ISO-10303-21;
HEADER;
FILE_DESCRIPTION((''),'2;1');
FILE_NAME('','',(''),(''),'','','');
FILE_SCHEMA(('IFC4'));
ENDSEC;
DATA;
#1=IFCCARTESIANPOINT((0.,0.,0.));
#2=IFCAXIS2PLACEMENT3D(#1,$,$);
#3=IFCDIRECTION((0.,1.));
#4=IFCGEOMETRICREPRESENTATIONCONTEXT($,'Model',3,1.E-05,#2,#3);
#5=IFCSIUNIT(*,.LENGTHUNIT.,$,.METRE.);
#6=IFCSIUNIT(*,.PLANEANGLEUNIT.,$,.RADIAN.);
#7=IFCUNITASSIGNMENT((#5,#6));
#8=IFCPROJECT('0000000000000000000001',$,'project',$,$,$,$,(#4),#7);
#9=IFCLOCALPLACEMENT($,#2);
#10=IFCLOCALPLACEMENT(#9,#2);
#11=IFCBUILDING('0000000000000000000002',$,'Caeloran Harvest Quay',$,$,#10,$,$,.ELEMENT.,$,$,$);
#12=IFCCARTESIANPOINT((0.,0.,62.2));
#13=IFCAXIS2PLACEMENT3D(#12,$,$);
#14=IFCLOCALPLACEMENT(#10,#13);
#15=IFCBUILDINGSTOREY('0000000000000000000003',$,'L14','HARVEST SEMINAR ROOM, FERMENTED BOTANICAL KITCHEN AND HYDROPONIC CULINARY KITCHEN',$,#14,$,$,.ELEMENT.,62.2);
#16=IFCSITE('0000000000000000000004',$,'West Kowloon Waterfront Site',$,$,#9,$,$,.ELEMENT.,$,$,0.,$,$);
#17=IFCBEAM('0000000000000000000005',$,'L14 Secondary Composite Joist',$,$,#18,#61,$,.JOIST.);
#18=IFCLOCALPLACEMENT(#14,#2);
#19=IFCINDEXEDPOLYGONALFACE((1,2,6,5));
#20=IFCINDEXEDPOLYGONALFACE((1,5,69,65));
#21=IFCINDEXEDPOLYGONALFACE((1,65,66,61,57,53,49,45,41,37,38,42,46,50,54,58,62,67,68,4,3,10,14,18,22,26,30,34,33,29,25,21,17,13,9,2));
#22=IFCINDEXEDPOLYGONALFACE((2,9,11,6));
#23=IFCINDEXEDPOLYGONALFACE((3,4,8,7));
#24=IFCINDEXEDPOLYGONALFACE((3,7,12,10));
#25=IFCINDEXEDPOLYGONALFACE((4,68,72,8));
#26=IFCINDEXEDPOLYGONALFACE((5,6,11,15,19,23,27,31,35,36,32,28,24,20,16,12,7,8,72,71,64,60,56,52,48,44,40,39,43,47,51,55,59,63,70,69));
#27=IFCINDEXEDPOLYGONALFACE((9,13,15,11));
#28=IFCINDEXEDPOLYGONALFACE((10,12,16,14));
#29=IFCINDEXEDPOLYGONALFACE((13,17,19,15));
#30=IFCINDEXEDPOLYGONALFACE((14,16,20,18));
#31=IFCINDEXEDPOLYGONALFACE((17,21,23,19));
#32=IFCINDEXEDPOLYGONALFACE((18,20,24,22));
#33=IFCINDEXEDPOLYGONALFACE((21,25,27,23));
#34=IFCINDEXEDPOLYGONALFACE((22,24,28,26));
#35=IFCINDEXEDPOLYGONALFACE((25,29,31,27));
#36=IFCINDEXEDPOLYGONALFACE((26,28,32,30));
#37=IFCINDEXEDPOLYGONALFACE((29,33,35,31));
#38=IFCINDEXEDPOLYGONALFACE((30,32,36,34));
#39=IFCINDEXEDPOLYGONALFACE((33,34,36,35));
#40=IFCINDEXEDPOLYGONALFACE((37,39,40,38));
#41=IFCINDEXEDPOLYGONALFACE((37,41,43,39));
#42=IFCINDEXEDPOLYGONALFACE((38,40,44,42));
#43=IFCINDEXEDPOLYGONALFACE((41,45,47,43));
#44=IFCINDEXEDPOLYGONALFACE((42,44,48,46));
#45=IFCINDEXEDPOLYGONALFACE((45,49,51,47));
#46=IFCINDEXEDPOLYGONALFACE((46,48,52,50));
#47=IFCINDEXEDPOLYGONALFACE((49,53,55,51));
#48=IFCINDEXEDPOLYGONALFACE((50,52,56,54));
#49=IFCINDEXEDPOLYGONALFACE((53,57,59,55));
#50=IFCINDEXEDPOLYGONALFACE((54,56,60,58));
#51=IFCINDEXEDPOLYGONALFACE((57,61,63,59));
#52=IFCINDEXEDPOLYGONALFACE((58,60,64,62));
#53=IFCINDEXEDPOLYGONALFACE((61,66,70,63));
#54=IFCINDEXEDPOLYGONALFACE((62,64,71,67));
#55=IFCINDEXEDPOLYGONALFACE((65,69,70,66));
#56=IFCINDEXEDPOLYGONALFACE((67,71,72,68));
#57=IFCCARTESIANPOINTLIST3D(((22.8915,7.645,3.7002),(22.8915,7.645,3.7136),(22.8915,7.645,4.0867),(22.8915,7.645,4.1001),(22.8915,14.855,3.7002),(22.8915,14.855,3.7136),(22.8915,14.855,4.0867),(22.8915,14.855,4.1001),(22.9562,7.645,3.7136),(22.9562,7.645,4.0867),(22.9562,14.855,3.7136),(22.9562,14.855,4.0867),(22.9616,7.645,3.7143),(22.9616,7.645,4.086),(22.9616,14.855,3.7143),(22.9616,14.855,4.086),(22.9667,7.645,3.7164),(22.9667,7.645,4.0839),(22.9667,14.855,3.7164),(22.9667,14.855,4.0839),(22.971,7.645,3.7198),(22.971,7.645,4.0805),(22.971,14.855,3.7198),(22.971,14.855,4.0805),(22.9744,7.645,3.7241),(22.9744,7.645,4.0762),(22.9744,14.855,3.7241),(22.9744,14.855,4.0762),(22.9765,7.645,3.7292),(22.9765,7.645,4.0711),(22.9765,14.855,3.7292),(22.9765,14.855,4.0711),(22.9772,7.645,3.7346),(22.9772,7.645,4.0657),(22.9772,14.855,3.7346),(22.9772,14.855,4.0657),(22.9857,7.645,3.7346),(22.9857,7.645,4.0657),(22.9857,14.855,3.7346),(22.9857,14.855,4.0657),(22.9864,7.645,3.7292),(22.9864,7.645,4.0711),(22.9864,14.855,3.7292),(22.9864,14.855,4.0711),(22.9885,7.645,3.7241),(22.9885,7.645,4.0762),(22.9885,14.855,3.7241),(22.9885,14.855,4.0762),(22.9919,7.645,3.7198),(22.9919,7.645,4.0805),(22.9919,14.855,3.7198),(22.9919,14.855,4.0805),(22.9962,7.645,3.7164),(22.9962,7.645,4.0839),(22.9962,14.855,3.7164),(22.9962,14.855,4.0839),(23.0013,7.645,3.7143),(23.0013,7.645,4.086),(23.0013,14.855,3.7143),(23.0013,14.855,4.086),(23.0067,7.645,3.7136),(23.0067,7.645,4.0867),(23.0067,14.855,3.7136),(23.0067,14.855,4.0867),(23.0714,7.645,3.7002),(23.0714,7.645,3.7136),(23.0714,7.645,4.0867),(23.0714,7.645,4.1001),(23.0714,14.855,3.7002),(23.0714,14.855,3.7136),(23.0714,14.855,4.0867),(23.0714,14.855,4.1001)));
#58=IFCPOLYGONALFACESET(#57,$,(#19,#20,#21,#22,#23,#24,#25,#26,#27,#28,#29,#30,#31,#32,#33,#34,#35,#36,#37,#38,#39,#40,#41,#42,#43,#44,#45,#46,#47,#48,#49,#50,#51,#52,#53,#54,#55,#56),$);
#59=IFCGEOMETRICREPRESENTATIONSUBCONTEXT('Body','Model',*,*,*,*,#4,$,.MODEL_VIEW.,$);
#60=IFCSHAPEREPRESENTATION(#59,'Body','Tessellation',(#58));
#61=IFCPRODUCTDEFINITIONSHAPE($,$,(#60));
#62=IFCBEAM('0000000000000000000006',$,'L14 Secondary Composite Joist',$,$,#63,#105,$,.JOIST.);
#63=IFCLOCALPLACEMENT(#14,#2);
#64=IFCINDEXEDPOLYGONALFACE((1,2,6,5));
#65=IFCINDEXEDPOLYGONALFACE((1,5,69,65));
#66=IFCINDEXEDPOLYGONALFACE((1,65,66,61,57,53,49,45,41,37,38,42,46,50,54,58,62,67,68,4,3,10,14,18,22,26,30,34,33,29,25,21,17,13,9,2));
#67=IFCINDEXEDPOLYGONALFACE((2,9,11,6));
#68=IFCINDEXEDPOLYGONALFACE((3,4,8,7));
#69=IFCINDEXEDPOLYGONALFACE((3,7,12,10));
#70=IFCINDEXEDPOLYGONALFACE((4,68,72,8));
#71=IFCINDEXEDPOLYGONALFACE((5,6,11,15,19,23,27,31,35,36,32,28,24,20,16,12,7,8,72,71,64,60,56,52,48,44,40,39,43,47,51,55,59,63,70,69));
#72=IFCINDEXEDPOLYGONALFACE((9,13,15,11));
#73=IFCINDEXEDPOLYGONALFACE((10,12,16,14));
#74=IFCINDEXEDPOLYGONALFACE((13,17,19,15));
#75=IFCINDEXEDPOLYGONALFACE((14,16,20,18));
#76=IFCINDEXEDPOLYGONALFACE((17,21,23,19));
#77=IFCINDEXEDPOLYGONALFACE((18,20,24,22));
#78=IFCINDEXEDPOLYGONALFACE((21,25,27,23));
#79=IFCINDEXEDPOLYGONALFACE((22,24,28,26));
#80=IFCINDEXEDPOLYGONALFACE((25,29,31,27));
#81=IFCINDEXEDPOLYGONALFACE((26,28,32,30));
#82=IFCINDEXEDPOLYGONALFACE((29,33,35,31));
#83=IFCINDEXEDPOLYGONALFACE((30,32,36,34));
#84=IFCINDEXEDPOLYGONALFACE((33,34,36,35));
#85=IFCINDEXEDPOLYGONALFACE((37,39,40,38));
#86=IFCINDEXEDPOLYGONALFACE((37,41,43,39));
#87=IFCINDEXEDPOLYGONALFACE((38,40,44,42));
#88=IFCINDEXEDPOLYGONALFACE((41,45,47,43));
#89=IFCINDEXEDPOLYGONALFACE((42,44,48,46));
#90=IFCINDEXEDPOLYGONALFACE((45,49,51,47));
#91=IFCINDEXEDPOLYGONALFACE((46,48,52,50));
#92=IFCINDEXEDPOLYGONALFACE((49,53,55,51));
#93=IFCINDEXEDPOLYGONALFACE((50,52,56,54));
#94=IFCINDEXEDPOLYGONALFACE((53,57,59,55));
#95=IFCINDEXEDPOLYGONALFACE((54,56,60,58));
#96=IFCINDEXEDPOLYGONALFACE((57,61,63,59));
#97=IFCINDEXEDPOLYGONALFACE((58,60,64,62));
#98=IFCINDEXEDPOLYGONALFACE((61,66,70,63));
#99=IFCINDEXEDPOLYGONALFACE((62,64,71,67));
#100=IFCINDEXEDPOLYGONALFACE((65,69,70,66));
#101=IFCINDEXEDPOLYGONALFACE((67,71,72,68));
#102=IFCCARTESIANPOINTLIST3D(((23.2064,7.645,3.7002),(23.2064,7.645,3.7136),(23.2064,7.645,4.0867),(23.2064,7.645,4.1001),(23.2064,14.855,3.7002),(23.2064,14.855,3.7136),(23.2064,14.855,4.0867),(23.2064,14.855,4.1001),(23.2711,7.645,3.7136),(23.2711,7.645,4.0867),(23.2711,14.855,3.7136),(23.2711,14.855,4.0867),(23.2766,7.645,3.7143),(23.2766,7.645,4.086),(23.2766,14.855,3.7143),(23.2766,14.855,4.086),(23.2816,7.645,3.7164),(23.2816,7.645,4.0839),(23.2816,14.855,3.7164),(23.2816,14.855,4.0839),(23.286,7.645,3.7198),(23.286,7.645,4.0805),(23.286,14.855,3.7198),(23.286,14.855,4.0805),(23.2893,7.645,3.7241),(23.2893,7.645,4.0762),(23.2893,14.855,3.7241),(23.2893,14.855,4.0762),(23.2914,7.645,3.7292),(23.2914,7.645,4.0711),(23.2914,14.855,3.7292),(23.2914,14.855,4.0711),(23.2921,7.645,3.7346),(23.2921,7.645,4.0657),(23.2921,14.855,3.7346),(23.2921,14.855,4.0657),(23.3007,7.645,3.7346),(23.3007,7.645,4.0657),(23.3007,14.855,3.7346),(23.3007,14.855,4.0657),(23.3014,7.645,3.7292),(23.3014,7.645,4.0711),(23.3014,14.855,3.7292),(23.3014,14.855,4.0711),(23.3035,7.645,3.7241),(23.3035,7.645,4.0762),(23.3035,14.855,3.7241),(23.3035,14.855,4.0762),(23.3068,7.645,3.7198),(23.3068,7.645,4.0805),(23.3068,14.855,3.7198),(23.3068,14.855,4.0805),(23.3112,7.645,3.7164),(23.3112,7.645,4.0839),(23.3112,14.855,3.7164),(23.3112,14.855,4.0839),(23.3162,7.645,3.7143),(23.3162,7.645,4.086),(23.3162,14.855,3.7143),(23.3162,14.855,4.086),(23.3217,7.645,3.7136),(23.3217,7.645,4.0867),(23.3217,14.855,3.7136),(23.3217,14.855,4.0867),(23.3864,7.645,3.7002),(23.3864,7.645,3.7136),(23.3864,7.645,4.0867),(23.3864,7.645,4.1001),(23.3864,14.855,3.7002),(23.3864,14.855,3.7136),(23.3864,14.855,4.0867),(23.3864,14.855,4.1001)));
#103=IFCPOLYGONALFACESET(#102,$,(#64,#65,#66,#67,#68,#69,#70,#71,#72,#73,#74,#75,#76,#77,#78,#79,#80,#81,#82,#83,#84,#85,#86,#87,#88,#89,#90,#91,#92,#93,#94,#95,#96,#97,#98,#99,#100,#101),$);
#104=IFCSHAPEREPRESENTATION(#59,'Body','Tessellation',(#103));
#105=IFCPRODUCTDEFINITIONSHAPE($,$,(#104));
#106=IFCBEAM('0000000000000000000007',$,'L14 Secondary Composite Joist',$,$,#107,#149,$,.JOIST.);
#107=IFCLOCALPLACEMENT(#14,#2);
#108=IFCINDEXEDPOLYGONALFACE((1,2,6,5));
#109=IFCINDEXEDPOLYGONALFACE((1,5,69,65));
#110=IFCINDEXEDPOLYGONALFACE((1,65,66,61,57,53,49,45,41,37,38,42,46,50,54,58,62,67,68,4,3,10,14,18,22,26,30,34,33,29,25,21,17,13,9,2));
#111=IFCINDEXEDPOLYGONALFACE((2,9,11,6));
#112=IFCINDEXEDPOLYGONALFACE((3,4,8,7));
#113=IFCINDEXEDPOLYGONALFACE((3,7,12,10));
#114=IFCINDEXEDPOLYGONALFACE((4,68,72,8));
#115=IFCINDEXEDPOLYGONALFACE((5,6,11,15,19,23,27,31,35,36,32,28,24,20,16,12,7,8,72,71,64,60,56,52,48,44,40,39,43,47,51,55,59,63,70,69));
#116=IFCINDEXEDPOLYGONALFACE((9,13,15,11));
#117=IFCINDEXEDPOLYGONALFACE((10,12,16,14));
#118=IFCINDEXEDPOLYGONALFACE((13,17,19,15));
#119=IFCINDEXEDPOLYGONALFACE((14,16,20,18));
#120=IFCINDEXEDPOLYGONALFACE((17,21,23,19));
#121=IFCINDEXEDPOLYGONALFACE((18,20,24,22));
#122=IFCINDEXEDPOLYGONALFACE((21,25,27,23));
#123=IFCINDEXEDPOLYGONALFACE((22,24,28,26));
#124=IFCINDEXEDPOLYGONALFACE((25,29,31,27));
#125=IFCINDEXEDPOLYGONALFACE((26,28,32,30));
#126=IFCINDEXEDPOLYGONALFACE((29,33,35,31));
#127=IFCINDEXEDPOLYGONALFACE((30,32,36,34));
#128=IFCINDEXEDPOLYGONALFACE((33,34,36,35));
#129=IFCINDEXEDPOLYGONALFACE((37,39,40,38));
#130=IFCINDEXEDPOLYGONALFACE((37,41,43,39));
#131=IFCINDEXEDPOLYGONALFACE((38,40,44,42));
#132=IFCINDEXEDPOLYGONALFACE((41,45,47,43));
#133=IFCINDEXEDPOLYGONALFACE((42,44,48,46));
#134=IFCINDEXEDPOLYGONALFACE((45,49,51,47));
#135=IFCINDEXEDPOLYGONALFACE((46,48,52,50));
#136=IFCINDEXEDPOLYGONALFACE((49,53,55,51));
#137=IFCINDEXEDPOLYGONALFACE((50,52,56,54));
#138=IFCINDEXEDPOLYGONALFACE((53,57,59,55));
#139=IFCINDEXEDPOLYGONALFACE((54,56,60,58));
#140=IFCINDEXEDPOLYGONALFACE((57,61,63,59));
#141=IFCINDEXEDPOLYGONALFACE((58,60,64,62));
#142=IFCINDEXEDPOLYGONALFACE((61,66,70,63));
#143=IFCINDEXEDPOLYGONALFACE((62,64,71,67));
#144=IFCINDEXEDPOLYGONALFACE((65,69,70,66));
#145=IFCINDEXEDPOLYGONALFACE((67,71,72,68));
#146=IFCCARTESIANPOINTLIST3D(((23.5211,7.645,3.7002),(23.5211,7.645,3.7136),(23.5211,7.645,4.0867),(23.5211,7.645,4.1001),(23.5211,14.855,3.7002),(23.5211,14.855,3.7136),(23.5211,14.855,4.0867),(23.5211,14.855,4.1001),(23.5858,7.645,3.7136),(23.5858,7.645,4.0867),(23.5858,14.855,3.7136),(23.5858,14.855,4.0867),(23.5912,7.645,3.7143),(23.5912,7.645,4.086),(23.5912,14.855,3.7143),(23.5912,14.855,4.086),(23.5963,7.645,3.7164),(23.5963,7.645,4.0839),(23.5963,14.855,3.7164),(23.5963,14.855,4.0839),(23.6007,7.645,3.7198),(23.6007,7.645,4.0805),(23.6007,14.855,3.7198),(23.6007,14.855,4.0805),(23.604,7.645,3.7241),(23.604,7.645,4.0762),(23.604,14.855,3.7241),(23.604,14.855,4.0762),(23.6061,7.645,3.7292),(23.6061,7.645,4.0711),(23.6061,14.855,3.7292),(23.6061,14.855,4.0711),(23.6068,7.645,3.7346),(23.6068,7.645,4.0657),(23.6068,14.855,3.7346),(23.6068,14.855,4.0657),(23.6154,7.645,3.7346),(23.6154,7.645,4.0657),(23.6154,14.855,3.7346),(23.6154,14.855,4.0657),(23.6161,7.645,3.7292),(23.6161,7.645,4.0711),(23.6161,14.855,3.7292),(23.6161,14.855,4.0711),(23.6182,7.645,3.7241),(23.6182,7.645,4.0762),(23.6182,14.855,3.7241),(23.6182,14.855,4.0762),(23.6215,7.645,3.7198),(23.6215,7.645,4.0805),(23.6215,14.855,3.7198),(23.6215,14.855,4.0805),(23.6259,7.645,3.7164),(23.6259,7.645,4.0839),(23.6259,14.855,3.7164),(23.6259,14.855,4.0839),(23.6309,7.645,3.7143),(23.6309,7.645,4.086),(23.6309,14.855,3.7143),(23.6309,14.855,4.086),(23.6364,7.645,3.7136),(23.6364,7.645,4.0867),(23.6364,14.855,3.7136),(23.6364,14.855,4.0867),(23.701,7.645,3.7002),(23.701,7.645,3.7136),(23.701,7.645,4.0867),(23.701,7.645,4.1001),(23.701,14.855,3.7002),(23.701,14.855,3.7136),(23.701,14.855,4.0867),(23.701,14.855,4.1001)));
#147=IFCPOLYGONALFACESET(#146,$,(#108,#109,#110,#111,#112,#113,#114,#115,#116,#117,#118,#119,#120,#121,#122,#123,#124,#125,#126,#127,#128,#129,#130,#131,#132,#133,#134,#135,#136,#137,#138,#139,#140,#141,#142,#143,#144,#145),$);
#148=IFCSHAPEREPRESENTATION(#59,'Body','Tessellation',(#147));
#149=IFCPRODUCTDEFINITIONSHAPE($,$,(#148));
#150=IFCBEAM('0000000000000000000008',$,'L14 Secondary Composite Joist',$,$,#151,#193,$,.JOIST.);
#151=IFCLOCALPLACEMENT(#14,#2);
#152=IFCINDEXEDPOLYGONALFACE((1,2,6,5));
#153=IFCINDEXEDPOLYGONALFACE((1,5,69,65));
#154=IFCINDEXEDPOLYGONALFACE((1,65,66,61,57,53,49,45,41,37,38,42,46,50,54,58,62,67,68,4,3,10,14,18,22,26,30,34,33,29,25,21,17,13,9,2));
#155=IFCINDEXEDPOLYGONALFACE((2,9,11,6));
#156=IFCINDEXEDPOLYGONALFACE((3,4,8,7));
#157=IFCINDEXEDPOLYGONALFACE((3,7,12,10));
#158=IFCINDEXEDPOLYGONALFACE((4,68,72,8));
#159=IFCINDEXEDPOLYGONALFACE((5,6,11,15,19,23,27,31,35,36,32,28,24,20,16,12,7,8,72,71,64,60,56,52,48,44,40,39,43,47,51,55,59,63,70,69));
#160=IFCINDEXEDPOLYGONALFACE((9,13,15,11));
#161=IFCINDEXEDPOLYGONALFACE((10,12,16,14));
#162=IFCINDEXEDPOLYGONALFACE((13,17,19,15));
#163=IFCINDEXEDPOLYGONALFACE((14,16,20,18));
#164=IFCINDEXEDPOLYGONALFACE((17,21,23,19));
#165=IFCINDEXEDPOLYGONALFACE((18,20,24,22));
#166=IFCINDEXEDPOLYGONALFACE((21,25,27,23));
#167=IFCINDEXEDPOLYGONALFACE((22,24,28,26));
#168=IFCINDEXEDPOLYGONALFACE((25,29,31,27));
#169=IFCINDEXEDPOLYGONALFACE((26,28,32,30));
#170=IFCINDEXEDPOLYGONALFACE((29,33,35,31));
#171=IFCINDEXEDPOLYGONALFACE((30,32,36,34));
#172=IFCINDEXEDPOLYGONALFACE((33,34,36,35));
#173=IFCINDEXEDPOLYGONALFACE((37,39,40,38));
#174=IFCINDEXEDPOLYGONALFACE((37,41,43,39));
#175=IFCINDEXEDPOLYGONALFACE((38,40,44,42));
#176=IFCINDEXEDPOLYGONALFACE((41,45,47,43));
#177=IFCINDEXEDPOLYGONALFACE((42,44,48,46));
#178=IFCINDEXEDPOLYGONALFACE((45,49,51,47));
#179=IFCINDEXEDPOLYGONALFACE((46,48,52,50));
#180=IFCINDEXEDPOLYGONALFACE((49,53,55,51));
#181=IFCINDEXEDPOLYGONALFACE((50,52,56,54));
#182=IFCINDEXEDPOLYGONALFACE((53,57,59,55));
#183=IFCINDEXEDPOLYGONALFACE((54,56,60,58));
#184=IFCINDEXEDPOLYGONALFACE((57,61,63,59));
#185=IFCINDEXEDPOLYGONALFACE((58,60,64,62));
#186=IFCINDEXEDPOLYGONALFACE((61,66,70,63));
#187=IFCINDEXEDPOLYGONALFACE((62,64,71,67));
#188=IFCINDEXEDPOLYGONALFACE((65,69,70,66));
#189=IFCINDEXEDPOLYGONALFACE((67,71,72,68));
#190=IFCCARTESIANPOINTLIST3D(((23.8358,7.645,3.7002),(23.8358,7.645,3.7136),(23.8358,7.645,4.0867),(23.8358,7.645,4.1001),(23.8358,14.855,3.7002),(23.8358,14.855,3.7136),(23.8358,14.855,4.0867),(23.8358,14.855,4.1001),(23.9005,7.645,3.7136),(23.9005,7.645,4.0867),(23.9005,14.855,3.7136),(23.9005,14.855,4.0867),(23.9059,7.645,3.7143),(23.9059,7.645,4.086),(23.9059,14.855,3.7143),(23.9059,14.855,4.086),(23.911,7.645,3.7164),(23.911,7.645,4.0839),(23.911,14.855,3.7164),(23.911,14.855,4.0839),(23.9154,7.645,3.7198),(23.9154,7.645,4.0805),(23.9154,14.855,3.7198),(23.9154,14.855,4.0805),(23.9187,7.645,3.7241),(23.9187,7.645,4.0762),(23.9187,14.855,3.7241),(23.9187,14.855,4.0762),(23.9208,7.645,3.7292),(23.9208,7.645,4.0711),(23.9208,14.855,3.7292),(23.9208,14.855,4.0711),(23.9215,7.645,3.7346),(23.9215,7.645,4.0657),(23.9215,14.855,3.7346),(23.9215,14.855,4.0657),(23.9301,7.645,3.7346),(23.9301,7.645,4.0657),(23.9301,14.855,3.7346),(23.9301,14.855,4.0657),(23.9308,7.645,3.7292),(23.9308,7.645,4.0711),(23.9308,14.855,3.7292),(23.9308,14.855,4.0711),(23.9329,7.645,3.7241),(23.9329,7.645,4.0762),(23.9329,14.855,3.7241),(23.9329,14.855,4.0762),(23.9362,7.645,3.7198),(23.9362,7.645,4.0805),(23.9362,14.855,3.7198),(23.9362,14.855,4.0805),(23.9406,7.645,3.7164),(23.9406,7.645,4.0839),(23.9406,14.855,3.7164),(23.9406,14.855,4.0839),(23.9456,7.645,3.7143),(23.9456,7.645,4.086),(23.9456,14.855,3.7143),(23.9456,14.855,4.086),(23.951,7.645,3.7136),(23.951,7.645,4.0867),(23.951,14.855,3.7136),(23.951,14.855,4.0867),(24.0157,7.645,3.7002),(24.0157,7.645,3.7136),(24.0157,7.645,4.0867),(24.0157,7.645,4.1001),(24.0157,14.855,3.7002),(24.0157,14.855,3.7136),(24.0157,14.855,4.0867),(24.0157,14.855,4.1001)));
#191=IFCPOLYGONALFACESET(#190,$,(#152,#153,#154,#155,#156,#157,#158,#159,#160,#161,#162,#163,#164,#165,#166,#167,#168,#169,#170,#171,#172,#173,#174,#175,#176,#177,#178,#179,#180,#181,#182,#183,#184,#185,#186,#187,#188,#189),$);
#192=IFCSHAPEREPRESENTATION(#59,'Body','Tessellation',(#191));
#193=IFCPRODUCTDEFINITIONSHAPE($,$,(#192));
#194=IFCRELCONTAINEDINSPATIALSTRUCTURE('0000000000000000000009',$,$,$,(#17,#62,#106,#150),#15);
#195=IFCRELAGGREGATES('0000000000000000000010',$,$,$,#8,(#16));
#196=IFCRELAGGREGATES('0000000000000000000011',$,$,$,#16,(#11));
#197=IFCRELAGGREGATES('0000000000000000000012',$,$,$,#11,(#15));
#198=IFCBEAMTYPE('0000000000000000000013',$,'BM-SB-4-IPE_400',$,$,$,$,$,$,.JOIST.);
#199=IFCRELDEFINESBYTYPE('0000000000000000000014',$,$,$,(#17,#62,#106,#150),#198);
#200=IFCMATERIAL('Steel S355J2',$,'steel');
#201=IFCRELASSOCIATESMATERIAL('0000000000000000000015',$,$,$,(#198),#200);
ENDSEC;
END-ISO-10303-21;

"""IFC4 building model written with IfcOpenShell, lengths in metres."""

from ifc_helpers import new_model, si_unit, direction, frame, origin, origin_2d, place, context, subcontext, project, spatial, i_section, extrude, material, material_profile, profile_set, type_object, element, save


model = new_model("IFC4")

# Units and contexts
model_context = context("Model", 3, precision=1e-05, world=origin(), true_north=direction((0.0, 1.0)))
body_context = subcontext(model_context, "Body", "Model", "MODEL_VIEW")
ifc_project = project(units=[si_unit("LENGTHUNIT", "METRE"), si_unit("PLANEANGLEUNIT", "RADIAN")], contexts=[model_context])

# Site, building, storey
site_placement = place(None, origin())
site = spatial("IfcSite", under=ifc_project, at=site_placement, Name="West Kowloon Waterfront Site", CompositionType="ELEMENT", RefElevation=0.0)
building_placement = place(site_placement, origin())
building = spatial("IfcBuilding", under=site, at=building_placement, Name="Caeloran Harvest Quay", CompositionType="ELEMENT")
storey_placement = place(building_placement, frame((0.0, 0.0, 62.2)))
storey = spatial("IfcBuildingStorey", under=building, at=storey_placement, Name="L14", Description="HARVEST SEMINAR ROOM, FERMENTED BOTANICAL KITCHEN AND HYDROPONIC CULINARY KITCHEN", CompositionType="ELEMENT", Elevation=62.2)

# Beams
ifc_material_1 = material(Name="Steel S355J2", Category="steel")
ifc_material_profile_1 = material_profile(ifc_material_1, i_section(OverallWidth=0.1799, OverallDepth=0.3999, WebThickness=0.0085, FlangeThickness=0.0134, FilletRadius=0.021, at=origin_2d()), Name="IPE 400")
ifc_profile_set_1 = profile_set([ifc_material_profile_1], Name="Steel S355J2")
beam_type_1 = type_object("IfcBeamType", Name="BM-SB-4-IPE_400", PredefinedType="JOIST", material=ifc_profile_set_1)
for number, where, z_axis, x_axis, name in (
    (1, (22.9814, 7.645, 3.9001), (0.0, 1.0, 0.0), (-1.0, 0.0, 0.0), "L14 Secondary Composite Joist"),
    (2, (23.2964, 7.645, 3.9001), (0.0, 1.0, 0.0), (-1.0, 0.0, 0.0), "L14 Secondary Composite Joist"),
    (3, (23.6111, 7.645, 3.9001), (0.0, 1.0, 0.0), (-1.0, 0.0, 0.0), "L14 Secondary Composite Joist"),
    (4, (23.9258, 7.645, 3.9001), (0.0, 1.0, 0.0), (-1.0, 0.0, 0.0), "L14 Secondary Composite Joist"),
):
    element("IfcBeam", number, at=place(storey_placement, frame(where, z_axis=z_axis, x_axis=x_axis)), inside=storey, type_object=beam_type_1, Name=name, PredefinedType="JOIST", context=body_context, shape_type="SweptSolid", body=[
        extrude(i_section(OverallWidth=0.1799, OverallDepth=0.3999, WebThickness=0.0085, FlangeThickness=0.0134, FilletRadius=0.021, at=origin_2d()), origin(), (0.0, 0.0, 1.0), 7.21),
    ])

save(model, "model.ifc")
